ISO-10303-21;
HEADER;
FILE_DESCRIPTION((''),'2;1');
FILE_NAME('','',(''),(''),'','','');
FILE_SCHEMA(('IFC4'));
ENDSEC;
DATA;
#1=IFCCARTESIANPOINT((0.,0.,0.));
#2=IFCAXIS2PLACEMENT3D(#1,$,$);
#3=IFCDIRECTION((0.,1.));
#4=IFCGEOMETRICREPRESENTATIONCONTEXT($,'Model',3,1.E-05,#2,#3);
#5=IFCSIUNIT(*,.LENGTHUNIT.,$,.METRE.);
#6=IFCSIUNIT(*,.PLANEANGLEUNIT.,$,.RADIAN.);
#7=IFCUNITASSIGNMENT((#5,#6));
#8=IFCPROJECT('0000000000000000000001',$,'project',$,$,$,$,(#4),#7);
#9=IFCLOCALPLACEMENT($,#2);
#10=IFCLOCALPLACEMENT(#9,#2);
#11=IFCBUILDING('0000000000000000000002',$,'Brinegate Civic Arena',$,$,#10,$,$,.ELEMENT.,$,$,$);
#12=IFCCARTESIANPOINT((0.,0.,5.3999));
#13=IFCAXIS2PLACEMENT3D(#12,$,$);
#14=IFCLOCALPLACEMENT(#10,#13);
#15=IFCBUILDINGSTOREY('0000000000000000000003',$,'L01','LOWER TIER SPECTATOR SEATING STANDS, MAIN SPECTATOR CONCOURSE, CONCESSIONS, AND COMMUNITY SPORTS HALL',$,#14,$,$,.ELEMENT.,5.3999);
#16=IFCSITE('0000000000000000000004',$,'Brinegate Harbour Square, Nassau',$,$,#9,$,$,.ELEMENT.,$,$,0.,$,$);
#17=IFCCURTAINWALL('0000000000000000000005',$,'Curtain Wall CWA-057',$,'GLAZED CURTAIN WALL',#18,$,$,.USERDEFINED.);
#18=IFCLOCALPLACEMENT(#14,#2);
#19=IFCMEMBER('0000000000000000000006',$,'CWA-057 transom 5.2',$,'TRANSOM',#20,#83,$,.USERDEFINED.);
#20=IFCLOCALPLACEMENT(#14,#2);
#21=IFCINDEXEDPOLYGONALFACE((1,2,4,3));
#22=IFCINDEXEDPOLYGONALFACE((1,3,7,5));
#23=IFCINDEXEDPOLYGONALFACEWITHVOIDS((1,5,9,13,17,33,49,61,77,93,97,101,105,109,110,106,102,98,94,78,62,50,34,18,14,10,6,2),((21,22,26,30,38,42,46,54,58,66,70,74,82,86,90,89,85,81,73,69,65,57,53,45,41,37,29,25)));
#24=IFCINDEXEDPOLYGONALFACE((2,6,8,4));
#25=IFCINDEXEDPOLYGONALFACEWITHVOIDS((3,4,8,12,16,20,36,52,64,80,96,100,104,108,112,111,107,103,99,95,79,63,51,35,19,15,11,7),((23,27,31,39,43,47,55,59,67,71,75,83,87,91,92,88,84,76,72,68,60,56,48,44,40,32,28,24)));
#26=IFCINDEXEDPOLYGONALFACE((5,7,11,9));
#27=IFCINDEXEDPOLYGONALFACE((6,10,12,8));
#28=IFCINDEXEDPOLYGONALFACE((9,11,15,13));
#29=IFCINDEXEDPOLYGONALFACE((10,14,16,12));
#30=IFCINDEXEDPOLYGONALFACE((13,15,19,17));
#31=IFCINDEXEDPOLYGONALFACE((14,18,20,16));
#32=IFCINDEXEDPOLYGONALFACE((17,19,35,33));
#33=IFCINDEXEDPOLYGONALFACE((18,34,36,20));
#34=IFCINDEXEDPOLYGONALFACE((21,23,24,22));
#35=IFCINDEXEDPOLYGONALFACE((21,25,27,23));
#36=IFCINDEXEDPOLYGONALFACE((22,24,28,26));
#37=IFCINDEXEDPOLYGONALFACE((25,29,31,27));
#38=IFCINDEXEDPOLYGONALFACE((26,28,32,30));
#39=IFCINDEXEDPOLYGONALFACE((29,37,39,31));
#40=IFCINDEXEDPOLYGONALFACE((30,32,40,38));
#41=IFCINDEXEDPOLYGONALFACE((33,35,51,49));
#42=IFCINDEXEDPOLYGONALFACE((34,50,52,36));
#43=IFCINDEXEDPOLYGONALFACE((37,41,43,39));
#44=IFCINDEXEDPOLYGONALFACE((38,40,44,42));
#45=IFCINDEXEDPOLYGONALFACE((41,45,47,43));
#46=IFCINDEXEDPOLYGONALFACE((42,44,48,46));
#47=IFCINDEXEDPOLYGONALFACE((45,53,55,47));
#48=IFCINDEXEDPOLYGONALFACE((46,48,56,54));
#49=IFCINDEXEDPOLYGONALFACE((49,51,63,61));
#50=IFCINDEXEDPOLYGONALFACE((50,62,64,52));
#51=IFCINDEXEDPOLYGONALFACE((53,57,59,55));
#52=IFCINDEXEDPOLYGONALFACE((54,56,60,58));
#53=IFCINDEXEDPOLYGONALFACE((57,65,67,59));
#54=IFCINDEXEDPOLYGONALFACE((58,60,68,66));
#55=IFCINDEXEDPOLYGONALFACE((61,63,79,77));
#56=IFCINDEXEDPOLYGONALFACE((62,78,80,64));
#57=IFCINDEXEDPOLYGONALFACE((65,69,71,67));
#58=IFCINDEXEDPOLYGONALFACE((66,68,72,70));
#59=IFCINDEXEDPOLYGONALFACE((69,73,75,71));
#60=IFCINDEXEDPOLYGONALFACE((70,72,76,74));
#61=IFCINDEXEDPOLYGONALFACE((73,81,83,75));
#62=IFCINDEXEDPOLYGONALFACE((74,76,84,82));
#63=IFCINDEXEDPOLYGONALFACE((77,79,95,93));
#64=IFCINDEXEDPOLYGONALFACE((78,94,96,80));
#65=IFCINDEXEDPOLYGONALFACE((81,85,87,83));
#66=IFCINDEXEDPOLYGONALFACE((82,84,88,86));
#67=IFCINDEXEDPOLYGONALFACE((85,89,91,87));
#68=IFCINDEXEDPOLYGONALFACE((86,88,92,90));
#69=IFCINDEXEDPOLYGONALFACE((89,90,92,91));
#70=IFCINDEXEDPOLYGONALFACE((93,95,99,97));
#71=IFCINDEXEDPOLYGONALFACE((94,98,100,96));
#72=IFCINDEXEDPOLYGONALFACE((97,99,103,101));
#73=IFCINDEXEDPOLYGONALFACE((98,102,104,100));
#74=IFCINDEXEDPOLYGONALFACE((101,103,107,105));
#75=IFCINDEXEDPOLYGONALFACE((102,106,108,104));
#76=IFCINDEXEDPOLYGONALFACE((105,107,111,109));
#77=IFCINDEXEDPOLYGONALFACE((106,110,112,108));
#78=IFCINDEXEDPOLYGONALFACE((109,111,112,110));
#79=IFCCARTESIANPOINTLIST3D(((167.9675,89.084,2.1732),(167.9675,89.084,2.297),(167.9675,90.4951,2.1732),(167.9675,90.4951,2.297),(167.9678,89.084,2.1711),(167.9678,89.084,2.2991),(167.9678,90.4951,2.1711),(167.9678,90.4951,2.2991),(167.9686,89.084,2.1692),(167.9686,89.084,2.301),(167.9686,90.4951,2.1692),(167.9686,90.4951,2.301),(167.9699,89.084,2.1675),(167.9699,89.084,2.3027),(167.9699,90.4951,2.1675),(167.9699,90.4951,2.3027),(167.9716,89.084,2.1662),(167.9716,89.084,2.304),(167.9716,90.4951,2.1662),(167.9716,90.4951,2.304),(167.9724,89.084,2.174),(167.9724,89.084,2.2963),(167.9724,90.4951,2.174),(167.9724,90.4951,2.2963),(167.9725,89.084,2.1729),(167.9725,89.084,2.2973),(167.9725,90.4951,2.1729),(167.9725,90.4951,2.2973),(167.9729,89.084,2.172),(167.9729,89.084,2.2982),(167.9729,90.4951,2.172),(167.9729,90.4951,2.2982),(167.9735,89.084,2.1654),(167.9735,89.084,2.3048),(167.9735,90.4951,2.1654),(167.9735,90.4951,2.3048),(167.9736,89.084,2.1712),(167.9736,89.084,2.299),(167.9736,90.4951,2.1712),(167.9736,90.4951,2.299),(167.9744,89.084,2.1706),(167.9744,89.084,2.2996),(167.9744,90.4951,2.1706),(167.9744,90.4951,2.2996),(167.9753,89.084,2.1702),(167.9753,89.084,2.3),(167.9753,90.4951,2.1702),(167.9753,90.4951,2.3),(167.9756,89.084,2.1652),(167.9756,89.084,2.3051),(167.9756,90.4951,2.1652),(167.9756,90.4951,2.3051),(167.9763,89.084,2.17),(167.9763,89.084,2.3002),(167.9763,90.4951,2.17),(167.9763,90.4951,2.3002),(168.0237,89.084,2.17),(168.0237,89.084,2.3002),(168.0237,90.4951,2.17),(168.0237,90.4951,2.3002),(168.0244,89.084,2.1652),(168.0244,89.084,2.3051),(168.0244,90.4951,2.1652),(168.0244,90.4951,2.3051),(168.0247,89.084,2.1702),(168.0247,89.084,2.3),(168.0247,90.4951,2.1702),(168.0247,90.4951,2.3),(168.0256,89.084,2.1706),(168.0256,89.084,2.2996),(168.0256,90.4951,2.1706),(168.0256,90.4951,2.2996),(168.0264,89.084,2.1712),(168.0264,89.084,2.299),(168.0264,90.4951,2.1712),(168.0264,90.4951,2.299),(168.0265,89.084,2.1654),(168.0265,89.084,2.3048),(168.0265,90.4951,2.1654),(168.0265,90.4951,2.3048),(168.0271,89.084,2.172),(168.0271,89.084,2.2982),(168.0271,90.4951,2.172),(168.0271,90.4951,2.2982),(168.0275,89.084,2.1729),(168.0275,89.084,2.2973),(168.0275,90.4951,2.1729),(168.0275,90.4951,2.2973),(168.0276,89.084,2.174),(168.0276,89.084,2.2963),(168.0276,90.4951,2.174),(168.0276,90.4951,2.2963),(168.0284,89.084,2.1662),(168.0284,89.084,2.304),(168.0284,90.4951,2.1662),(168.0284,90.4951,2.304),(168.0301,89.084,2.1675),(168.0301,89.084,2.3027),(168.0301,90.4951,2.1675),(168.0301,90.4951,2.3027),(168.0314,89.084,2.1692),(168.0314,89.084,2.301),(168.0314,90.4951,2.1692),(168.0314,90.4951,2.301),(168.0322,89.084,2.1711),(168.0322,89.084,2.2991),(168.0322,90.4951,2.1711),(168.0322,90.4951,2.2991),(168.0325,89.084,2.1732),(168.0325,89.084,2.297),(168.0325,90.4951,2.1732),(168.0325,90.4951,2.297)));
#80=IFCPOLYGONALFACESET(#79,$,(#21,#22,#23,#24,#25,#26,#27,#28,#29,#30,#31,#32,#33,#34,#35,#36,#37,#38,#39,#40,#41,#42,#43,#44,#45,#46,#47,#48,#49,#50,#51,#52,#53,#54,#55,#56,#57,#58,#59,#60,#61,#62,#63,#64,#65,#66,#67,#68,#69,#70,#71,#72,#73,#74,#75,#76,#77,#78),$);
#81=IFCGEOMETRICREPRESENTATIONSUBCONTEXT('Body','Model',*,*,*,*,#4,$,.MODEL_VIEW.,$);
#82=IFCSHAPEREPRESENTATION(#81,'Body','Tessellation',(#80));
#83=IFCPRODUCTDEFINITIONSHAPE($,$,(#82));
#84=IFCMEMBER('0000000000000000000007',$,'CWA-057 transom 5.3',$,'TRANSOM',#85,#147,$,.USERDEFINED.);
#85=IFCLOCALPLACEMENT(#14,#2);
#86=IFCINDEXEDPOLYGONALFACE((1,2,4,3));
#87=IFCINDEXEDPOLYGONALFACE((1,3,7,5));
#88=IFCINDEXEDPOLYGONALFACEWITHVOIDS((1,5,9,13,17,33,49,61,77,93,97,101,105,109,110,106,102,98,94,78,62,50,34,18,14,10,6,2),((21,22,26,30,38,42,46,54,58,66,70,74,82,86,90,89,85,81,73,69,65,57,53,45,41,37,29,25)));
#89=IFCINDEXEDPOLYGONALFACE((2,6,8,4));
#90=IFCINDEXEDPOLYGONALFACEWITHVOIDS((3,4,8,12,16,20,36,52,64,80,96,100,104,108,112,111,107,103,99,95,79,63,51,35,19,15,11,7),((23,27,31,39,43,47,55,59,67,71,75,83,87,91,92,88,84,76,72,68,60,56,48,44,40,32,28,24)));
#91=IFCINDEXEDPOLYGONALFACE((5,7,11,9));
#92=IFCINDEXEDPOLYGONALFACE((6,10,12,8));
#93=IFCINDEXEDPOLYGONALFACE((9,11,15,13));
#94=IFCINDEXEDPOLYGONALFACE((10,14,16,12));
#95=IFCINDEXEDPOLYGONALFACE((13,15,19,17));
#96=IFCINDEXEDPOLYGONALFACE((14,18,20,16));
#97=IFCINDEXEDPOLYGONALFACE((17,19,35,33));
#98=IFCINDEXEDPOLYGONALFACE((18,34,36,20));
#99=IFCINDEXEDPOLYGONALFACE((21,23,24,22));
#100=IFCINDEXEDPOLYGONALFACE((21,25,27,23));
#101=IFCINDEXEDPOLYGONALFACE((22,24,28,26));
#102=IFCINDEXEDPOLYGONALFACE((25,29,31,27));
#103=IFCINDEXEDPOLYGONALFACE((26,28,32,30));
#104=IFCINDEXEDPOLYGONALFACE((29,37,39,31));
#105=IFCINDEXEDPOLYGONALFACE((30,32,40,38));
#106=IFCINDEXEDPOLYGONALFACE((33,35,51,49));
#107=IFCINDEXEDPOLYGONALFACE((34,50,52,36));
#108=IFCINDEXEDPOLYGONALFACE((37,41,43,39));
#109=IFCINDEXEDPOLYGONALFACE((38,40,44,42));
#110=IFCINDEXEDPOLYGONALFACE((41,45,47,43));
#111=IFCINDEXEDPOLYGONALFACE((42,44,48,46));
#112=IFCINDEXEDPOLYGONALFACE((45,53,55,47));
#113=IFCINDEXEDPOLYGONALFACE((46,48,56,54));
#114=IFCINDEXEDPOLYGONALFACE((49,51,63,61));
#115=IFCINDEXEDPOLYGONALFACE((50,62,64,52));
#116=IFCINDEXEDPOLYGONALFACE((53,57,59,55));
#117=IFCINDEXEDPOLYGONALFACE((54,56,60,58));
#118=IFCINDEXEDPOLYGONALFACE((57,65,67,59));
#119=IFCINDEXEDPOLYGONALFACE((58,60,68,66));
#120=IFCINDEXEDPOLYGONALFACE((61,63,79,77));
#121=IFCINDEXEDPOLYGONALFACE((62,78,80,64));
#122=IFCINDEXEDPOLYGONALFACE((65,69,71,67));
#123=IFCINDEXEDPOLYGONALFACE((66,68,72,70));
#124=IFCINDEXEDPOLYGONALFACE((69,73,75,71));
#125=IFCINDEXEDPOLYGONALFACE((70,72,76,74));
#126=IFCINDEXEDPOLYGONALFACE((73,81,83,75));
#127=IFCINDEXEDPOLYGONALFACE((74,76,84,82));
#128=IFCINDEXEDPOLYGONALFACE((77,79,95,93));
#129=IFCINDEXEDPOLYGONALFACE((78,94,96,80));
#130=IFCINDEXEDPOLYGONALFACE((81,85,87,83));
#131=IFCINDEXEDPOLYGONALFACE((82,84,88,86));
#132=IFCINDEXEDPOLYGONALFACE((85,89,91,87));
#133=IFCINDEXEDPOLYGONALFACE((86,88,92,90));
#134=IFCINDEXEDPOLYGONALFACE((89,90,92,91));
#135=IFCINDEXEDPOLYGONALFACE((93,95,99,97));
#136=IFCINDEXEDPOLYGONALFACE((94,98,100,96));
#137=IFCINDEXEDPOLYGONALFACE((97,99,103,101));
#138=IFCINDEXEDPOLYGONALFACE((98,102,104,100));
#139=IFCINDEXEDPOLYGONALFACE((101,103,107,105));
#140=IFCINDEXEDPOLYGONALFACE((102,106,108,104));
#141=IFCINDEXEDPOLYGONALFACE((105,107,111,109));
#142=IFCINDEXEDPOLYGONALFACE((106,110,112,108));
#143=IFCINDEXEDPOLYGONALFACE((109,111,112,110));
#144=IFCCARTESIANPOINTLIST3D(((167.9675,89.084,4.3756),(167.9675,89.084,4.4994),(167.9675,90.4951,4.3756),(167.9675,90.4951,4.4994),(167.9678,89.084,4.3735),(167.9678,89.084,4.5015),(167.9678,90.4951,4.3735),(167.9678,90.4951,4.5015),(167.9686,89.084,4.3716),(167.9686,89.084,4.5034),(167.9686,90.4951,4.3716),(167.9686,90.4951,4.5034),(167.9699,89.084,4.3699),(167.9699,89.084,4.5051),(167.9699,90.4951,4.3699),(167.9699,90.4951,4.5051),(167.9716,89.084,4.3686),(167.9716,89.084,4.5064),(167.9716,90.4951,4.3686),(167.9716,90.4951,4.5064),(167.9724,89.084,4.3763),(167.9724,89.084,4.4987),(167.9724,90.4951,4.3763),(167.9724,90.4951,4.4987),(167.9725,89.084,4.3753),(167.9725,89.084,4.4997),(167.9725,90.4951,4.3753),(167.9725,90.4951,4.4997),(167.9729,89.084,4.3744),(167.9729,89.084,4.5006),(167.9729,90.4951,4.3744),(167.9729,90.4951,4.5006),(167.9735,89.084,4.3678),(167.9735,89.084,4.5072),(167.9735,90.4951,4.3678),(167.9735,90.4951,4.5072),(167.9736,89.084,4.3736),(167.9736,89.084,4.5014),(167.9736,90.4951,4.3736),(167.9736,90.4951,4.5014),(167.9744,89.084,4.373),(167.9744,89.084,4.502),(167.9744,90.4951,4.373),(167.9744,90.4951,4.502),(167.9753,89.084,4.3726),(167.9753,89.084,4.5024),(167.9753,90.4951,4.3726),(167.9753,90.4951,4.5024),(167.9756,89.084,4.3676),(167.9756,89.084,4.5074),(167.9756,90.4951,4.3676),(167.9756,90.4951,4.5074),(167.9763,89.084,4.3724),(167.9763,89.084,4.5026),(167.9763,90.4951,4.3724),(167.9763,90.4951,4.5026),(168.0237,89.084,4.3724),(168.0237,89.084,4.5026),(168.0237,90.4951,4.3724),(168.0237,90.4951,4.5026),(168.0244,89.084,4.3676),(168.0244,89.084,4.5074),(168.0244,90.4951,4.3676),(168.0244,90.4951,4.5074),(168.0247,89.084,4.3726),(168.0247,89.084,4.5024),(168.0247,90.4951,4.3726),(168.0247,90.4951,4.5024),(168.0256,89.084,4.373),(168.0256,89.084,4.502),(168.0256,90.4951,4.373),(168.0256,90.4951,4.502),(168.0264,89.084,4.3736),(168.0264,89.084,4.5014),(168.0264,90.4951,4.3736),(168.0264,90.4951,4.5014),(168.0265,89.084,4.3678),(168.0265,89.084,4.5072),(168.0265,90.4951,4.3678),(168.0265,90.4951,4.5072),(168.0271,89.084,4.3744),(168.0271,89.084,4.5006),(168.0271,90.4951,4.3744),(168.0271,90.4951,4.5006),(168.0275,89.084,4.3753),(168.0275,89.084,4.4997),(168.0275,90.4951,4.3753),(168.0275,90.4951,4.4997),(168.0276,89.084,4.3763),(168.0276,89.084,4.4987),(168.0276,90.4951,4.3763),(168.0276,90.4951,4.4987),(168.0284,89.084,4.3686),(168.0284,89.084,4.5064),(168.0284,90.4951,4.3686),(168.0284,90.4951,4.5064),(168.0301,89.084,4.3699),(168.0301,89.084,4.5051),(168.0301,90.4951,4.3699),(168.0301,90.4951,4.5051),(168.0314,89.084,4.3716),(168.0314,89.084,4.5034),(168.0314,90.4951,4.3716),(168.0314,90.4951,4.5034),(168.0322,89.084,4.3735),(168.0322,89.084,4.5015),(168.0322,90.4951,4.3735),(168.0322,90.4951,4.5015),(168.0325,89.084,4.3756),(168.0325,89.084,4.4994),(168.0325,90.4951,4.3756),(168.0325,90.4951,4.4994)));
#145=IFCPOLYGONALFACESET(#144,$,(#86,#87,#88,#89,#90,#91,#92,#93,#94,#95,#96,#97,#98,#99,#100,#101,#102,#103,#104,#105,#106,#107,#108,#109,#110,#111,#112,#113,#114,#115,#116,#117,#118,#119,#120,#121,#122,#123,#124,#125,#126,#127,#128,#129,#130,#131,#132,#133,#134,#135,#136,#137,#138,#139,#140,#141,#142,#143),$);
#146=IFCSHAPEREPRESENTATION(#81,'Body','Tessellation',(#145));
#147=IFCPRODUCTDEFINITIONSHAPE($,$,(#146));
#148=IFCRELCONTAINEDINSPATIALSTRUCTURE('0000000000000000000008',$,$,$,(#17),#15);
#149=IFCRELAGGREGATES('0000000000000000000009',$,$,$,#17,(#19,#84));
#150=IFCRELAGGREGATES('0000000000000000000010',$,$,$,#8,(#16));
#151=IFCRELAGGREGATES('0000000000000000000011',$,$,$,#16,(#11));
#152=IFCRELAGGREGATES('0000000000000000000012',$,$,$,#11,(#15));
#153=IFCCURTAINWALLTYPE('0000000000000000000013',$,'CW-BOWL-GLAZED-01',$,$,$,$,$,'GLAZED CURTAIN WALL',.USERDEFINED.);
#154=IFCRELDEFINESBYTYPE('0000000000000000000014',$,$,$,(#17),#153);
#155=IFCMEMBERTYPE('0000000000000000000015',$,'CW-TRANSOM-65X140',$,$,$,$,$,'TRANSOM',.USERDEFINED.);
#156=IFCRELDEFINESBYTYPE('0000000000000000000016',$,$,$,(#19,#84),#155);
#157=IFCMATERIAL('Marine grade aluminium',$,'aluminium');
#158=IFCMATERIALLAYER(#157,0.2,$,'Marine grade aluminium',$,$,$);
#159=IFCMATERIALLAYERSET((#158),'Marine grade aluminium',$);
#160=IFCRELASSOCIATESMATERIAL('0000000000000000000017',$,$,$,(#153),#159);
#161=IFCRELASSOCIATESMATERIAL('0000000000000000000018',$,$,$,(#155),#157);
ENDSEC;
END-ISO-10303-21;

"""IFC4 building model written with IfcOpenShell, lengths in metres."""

from ifc_helpers import new_model, si_unit, direction, frame, origin, origin_2d, place, context, subcontext, project, spatial, hollow_rectangle, extrude, material, layer, layer_set, material_profile, profile_set, type_object, element, aggregate, save


model = new_model("IFC4")

# Units and contexts
model_context = context("Model", 3, precision=1e-05, world=origin(), true_north=direction((0.0, 1.0)))
body_context = subcontext(model_context, "Body", "Model", "MODEL_VIEW")
ifc_project = project(units=[si_unit("LENGTHUNIT", "METRE"), si_unit("PLANEANGLEUNIT", "RADIAN")], contexts=[model_context])

# Site, building, storey
site_placement = place(None, origin())
site = spatial("IfcSite", under=ifc_project, at=site_placement, Name="Brinegate Harbour Square, Nassau", CompositionType="ELEMENT", RefElevation=0.0)
building_placement = place(site_placement, origin())
building = spatial("IfcBuilding", under=site, at=building_placement, Name="Brinegate Civic Arena", CompositionType="ELEMENT")
storey_placement = place(building_placement, frame((0.0, 0.0, 5.3999)))
storey = spatial("IfcBuildingStorey", under=building, at=storey_placement, Name="L01", Description="LOWER TIER SPECTATOR SEATING STANDS, MAIN SPECTATOR CONCOURSE, CONCESSIONS, AND COMMUNITY SPORTS HALL", CompositionType="ELEMENT", Elevation=5.3999)

# Curtain wall, members
ifc_material_1 = material(Name="Marine grade aluminium", Category="aluminium")
ifc_layer_1 = layer(ifc_material_1, 0.2, Name="Marine grade aluminium")
ifc_layer_set_1 = layer_set([ifc_layer_1], Name="Marine grade aluminium")
curtain_wall_type = type_object("IfcCurtainWallType", Name="CW-BOWL-GLAZED-01", ElementType="GLAZED CURTAIN WALL", PredefinedType="USERDEFINED", material=ifc_layer_set_1)
curtain_wall_1_placement = place(storey_placement, origin())
curtain_wall_1 = element("IfcCurtainWall", 1, at=curtain_wall_1_placement, inside=storey, type_object=curtain_wall_type, Name="Curtain Wall CWA-057", ObjectType="GLAZED CURTAIN WALL", PredefinedType="USERDEFINED")
ifc_material_profile_1 = material_profile(ifc_material_1, hollow_rectangle(XDim=0.0649, YDim=0.1399, WallThickness=0.0049, InnerFilletRadius=0.0039, OuterFilletRadius=0.0081, at=origin_2d()), Name="TRN65X140")
ifc_profile_set_1 = profile_set([ifc_material_profile_1], Name="Marine grade aluminium")
member_type_1 = type_object("IfcMemberType", Name="CW-TRANSOM-65X140", ElementType="TRANSOM", PredefinedType="USERDEFINED", material=ifc_profile_set_1)
member_1_placement = place(storey_placement, frame((168.0, 89.084, 2.2351), z_axis=(0.0, 1.0, 0.0), x_axis=(-1.0, 0.0, 0.0)))
member_1 = element("IfcMember", 2, at=member_1_placement, type_object=member_type_1, Name="CWA-057 transom 5.2", ObjectType="TRANSOM", PredefinedType="USERDEFINED", context=body_context, shape_type="SweptSolid", body=[
    extrude(hollow_rectangle(XDim=0.0649, YDim=0.1399, WallThickness=0.0049, InnerFilletRadius=0.0039, OuterFilletRadius=0.0081, at=origin_2d()), origin(), (0.0, 0.0, 1.0), 1.4111),
])
member_2_placement = place(storey_placement, frame((168.0, 89.084, 4.4375), z_axis=(0.0, 1.0, 0.0), x_axis=(-1.0, 0.0, 0.0)))
member_2 = element("IfcMember", 3, at=member_2_placement, type_object=member_type_1, Name="CWA-057 transom 5.3", ObjectType="TRANSOM", PredefinedType="USERDEFINED", context=body_context, shape_type="SweptSolid", body=[
    extrude(hollow_rectangle(XDim=0.0649, YDim=0.1399, WallThickness=0.0049, InnerFilletRadius=0.0039, OuterFilletRadius=0.0081, at=origin_2d()), origin(), (0.0, 0.0, 1.0), 1.4111),
])

aggregate(curtain_wall_1, [member_1, member_2])

save(model, "model.ifc")
